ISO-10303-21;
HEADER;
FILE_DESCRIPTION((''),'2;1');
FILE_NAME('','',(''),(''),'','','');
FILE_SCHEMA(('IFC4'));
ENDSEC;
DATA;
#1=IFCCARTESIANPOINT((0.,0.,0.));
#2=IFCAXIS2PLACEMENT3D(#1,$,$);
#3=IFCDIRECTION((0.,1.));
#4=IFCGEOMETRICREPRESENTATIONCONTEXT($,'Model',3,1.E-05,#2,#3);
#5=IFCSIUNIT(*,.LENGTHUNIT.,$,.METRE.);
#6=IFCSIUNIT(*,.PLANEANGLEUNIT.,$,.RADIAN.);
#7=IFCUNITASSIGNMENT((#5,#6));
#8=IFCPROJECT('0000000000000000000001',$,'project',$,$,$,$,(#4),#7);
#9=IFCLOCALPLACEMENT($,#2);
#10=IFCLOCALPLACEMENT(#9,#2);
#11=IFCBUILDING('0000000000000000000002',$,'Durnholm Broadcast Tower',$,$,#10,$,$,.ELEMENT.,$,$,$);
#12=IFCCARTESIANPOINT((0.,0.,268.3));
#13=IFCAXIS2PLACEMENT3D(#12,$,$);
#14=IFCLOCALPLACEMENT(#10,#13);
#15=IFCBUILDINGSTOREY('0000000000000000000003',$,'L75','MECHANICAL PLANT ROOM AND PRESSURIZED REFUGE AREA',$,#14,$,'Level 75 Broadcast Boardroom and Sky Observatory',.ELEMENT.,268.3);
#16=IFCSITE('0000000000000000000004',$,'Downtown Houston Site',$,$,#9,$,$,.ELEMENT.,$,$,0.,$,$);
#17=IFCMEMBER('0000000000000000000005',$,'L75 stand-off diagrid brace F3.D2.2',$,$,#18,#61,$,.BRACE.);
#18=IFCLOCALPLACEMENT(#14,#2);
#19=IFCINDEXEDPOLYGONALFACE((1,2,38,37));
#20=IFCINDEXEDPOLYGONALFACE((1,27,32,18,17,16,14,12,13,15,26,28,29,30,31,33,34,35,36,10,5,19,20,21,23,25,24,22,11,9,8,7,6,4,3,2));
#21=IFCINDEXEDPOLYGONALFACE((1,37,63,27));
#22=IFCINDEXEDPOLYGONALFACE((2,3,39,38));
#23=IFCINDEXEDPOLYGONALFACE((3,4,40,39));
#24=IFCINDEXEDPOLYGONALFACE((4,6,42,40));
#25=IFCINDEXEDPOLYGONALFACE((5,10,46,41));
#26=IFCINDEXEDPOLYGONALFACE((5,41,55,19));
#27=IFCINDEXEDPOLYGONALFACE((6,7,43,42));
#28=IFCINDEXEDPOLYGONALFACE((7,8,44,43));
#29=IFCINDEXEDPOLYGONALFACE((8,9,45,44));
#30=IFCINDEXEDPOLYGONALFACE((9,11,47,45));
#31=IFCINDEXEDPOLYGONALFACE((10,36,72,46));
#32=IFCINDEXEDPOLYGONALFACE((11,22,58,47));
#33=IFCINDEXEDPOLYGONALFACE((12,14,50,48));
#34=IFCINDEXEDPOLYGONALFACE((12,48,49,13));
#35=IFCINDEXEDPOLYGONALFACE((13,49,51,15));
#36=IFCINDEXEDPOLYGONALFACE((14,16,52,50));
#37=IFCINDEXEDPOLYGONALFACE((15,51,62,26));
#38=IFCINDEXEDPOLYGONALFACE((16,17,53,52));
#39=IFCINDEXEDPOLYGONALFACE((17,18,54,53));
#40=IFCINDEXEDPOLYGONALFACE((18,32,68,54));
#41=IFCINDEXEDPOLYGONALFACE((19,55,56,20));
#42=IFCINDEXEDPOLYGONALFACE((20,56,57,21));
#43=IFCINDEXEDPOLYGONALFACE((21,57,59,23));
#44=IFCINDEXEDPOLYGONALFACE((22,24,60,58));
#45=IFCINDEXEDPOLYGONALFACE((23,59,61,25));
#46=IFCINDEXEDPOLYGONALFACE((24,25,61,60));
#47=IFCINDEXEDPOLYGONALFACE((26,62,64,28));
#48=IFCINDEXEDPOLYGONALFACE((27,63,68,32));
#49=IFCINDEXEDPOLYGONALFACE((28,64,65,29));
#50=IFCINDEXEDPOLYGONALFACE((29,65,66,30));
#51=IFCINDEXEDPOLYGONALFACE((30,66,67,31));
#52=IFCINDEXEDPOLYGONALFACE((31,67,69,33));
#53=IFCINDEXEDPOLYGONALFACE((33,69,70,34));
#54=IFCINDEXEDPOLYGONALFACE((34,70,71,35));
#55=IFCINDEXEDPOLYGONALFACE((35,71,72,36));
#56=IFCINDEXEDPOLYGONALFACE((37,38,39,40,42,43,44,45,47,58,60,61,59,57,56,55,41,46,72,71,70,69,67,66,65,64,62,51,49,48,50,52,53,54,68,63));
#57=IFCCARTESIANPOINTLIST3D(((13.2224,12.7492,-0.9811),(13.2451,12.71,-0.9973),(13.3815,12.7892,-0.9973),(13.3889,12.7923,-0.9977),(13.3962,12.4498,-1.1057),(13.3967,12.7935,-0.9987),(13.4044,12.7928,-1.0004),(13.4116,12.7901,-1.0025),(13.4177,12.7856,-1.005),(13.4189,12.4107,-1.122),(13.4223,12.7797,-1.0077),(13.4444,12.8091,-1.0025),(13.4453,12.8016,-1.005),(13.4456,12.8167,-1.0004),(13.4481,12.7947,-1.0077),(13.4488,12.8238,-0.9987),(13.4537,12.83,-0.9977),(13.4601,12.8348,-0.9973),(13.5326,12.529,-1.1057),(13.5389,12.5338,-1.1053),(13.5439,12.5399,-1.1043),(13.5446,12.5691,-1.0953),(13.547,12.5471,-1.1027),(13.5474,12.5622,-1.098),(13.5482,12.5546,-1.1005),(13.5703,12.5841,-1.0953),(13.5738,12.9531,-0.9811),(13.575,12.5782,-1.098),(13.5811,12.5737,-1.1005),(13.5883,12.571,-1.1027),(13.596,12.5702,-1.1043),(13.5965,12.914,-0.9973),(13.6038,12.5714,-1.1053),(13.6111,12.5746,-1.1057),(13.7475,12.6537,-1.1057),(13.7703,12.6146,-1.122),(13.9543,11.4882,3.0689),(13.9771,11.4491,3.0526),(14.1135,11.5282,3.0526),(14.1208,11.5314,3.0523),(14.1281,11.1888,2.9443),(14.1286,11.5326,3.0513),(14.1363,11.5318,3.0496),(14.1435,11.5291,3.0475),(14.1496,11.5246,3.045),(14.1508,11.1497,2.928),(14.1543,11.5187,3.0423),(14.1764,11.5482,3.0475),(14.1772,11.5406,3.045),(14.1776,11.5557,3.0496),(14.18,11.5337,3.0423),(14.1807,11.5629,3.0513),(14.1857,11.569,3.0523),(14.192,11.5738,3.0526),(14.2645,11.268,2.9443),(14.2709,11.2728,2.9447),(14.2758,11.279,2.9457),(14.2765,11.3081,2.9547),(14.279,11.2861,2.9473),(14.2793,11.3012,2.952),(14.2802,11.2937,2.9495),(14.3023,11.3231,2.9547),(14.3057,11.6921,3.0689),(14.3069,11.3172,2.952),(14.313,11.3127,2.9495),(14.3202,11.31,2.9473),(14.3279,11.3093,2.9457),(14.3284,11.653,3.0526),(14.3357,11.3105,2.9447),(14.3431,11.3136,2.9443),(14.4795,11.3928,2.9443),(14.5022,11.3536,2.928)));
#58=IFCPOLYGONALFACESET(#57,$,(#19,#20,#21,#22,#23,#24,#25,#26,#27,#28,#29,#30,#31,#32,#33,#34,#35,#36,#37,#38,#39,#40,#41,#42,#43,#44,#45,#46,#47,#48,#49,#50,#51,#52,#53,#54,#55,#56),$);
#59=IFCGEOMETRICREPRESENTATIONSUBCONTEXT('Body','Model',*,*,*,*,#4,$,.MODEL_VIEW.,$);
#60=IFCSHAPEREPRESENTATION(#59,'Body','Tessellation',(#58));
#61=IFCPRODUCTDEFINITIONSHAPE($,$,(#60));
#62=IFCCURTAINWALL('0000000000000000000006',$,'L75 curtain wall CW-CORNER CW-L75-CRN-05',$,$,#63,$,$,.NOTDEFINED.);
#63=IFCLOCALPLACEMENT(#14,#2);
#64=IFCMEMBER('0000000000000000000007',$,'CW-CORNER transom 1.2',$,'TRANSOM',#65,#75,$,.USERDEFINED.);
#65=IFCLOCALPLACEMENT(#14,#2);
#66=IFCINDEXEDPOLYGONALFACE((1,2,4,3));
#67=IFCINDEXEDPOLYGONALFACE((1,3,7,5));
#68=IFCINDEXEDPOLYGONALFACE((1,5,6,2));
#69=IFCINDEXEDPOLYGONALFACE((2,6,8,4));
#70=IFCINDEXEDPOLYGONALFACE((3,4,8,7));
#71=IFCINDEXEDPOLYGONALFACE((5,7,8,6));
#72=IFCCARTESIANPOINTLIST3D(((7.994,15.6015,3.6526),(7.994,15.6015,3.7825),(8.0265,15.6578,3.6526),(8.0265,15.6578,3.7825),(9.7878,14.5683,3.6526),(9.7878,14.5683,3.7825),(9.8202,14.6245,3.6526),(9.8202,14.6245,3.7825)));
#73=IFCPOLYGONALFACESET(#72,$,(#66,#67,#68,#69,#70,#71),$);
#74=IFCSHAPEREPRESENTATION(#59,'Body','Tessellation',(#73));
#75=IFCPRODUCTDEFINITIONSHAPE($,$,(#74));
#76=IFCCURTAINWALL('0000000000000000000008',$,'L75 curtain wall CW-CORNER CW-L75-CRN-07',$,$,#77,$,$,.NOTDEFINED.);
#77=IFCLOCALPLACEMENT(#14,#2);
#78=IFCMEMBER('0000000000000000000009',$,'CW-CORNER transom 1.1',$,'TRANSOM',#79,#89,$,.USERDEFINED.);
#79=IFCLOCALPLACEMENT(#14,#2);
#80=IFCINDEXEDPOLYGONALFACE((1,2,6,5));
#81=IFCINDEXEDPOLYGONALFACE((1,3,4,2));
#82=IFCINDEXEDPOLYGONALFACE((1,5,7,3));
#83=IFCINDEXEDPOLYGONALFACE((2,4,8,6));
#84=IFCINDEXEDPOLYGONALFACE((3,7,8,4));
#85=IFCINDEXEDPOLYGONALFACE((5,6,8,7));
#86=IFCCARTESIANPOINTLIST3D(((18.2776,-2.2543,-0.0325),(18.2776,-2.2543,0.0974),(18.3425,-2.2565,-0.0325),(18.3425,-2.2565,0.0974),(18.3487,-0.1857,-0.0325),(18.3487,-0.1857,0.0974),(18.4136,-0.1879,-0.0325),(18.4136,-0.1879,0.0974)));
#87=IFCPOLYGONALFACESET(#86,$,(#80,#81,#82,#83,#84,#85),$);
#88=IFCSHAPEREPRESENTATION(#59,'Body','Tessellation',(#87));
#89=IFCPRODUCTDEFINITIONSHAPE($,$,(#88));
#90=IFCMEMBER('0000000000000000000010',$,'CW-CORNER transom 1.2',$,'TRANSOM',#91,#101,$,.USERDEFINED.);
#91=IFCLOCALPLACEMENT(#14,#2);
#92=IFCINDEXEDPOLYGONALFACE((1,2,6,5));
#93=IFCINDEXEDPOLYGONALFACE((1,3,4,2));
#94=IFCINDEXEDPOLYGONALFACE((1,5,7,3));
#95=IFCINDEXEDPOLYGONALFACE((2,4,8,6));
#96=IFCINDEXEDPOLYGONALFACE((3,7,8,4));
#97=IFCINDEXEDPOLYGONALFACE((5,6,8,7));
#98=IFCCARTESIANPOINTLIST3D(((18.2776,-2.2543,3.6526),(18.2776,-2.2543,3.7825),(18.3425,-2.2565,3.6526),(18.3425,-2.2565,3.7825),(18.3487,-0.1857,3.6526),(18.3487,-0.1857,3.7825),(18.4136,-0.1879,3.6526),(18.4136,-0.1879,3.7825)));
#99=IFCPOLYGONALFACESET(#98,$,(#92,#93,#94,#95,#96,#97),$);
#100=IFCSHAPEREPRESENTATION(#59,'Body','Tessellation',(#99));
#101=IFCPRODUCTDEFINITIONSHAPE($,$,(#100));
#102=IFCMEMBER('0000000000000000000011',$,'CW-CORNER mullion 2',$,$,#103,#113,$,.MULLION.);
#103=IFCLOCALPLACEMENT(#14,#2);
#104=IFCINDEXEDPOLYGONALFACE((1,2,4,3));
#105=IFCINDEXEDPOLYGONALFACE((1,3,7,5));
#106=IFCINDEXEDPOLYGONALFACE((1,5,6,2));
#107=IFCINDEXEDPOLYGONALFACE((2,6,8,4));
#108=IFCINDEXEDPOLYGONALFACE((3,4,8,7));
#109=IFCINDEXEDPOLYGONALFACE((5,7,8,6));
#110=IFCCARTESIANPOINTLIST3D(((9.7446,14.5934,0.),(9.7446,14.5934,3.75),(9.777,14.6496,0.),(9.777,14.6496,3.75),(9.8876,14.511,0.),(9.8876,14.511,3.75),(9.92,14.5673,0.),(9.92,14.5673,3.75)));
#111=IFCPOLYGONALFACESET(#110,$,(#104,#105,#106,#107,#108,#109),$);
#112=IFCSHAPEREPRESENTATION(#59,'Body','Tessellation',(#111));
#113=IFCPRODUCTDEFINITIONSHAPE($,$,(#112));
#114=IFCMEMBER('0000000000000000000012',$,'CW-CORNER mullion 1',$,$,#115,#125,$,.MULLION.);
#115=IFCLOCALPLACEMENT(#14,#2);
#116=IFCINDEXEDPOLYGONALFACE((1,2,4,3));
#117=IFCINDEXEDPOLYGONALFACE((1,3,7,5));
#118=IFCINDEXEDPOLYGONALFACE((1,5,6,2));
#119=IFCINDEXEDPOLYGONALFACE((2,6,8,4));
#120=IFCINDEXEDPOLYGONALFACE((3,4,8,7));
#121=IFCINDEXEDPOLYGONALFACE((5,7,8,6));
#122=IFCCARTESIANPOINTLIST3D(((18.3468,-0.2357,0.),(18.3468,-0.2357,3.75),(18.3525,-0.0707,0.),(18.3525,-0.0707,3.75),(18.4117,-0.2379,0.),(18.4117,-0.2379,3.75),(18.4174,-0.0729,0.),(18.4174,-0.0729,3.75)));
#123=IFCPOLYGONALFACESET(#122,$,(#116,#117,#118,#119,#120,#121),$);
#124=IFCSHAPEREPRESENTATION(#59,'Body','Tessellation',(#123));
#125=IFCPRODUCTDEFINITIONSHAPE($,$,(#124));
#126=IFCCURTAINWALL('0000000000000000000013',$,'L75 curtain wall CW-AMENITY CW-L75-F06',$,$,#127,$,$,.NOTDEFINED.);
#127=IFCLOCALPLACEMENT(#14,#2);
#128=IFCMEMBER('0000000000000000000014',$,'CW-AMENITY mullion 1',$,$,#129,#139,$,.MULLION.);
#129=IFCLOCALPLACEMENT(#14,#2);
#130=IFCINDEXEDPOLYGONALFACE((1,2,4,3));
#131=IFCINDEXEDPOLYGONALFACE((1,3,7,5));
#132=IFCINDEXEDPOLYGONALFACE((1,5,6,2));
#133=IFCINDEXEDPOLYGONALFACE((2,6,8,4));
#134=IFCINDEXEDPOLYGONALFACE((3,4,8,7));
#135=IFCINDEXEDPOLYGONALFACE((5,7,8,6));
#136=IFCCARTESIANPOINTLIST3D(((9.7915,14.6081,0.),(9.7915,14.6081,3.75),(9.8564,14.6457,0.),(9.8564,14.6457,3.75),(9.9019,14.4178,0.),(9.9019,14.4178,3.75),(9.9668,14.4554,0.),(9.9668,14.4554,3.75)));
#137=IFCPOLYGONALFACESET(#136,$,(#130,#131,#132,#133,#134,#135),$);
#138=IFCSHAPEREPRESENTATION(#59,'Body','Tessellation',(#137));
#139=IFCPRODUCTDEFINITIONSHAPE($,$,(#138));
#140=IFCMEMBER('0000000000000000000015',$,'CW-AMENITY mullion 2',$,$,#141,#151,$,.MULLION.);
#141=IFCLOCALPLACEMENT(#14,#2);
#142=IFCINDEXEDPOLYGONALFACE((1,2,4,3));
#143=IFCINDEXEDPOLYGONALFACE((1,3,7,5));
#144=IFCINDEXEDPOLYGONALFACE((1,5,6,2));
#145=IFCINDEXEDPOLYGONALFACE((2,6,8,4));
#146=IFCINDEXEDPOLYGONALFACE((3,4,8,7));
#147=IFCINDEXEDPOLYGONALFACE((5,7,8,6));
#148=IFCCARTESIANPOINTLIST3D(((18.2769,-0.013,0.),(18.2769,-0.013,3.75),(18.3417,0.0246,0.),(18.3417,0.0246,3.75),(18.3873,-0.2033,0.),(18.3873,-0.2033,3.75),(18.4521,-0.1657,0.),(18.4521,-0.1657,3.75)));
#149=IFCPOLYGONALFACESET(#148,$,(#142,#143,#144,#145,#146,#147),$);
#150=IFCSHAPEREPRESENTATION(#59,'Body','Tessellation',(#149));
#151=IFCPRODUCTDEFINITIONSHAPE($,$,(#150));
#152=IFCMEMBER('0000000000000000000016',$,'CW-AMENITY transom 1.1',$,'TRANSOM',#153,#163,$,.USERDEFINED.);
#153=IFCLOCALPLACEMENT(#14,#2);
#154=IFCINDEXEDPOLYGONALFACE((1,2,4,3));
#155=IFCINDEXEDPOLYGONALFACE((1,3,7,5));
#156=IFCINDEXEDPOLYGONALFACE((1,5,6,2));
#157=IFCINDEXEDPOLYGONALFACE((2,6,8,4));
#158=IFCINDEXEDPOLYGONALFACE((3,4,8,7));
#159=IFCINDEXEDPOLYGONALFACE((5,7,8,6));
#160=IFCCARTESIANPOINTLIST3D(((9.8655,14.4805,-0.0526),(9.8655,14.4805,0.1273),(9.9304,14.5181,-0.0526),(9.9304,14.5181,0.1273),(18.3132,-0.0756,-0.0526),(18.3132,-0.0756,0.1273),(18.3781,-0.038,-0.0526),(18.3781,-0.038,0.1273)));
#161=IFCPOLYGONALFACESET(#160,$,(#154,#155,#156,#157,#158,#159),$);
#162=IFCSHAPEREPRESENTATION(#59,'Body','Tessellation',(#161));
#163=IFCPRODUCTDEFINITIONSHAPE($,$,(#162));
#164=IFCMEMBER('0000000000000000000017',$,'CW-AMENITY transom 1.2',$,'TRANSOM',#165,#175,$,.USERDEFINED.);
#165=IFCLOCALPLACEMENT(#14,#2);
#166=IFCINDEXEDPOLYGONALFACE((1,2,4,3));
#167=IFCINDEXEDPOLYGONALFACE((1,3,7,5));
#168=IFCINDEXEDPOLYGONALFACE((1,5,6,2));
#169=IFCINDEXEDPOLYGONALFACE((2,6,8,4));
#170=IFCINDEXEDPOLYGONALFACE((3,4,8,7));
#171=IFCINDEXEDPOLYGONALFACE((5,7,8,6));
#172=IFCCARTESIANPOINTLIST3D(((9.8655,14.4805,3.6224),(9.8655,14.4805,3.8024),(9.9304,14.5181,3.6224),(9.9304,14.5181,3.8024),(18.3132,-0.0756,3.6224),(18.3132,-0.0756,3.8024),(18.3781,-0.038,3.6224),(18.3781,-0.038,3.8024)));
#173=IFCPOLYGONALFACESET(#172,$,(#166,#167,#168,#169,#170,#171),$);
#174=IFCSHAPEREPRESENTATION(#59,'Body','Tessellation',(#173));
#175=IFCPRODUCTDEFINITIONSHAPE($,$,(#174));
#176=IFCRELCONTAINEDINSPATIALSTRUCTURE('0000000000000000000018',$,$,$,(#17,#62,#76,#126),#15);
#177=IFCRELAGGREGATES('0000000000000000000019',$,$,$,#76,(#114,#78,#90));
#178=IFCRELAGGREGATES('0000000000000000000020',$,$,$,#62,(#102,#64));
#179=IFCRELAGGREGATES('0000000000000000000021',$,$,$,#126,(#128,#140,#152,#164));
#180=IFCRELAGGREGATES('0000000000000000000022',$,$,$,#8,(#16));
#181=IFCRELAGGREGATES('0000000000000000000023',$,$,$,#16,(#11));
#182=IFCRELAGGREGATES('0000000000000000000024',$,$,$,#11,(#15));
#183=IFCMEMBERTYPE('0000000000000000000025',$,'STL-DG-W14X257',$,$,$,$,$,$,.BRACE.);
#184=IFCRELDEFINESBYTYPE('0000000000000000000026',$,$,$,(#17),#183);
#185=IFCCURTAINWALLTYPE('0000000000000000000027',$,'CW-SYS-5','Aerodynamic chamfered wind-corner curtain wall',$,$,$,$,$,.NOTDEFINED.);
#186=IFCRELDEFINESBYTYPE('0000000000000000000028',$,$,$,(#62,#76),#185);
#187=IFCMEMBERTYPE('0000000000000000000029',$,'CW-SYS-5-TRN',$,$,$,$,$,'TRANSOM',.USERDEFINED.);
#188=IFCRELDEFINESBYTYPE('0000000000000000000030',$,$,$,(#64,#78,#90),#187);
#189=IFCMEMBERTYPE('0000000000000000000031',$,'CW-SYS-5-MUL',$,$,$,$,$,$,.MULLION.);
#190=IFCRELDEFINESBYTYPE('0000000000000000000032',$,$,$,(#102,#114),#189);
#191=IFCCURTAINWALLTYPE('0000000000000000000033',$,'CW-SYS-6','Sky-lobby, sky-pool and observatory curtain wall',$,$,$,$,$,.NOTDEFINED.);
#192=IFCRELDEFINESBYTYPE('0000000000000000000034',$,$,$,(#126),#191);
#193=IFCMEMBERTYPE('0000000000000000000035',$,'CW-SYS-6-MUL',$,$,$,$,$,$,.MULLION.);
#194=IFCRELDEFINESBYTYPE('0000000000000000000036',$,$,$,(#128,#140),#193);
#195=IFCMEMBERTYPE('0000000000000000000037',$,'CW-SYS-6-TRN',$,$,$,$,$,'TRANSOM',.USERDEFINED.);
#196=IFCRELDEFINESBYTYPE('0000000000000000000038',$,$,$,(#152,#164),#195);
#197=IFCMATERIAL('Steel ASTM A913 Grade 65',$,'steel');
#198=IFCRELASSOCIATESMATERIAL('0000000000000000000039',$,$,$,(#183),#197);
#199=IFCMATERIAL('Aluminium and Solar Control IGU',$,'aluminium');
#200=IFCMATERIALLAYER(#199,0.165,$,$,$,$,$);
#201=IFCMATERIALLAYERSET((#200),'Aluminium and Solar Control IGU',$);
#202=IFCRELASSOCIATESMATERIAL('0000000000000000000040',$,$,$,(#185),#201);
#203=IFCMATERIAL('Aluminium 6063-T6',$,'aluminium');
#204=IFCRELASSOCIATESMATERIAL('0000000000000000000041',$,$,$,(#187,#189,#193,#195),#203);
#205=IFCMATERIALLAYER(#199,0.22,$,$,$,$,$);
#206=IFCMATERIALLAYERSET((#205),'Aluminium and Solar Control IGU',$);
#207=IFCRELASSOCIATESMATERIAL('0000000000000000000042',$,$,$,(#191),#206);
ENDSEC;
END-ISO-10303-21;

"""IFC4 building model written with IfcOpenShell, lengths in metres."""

from ifc_helpers import new_model, si_unit, direction, frame, origin, origin_2d, place, context, subcontext, project, spatial, rectangle, i_section, extrude, source, transform, mapped, material, layer, layer_set, material_profile, profile_set, type_object, type_shapes, element, aggregate, save


model = new_model("IFC4")

# Units and contexts
model_context = context("Model", 3, precision=1e-05, world=origin(), true_north=direction((0.0, 1.0)))
body_context = subcontext(model_context, "Body", "Model", "MODEL_VIEW")
ifc_project = project(units=[si_unit("LENGTHUNIT", "METRE"), si_unit("PLANEANGLEUNIT", "RADIAN")], contexts=[model_context])

# Site, building, storey
site_placement = place(None, origin())
site = spatial("IfcSite", under=ifc_project, at=site_placement, Name="Downtown Houston Site", CompositionType="ELEMENT", RefElevation=0.0)
building_placement = place(site_placement, origin())
building = spatial("IfcBuilding", under=site, at=building_placement, Name="Durnholm Broadcast Tower", CompositionType="ELEMENT")
storey_placement = place(building_placement, frame((0.0, 0.0, 268.3)))
storey = spatial("IfcBuildingStorey", under=building, at=storey_placement, Name="L75", Description="MECHANICAL PLANT ROOM AND PRESSURIZED REFUGE AREA", LongName="Level 75 Broadcast Boardroom and Sky Observatory", CompositionType="ELEMENT", Elevation=268.3)

# Member
ifc_material_1 = material(Name="Steel ASTM A913 Grade 65", Category="steel")
ifc_material_profile_1 = material_profile(ifc_material_1, i_section(OverallWidth=0.4062, OverallDepth=0.416, WebThickness=0.0298, FlangeThickness=0.0481, FilletRadius=0.0305, at=origin_2d()), Name="W14X257")
ifc_profile_set_1 = profile_set([ifc_material_profile_1], Name="Steel ASTM A913 Grade 65")
member_type_1 = type_object("IfcMemberType", Name="STL-DG-W14X257", PredefinedType="BRACE", material=ifc_profile_set_1)
shared_shape_1 = source(origin(), body_context, "Body", "SweptSolid", [
    extrude(i_section(OverallWidth=0.4062, OverallDepth=0.416, WebThickness=0.0298, FlangeThickness=0.0481, FilletRadius=0.0305, at=origin_2d()), origin(), (0.0, 0.0, 1.0), 4.3044),
])
member_1_placement = place(storey_placement, frame((13.4963, 12.6819, -1.0515), z_axis=(0.170039, -0.292946, 0.940887), x_axis=(0.864864, 0.502006, 0.0)))
element("IfcMember", 1, at=member_1_placement, inside=storey, type_object=member_type_1, Name="L75 stand-off diagrid brace F3.D2.2", PredefinedType="BRACE", context=body_context, shape_type="MappedRepresentation", body=[
    mapped(shared_shape_1, transform((0.0, 0.0, 0.0), x_axis=(1.0, 0.0, 0.0), y_axis=(0.0, 1.0, 0.0), z_axis=(0.0, 0.0, 1.0), scale=1.0)),
])

# Curtain wall, member
ifc_material_2 = material(Name="Aluminium and Solar Control IGU", Category="aluminium")
ifc_layer_1 = layer(ifc_material_2, 0.165)
ifc_layer_set_1 = layer_set([ifc_layer_1], Name="Aluminium and Solar Control IGU")
curtain_wall_type_1 = type_object("IfcCurtainWallType", Name="CW-SYS-5", Description="Aerodynamic chamfered wind-corner curtain wall", PredefinedType="NOTDEFINED", material=ifc_layer_set_1)
curtain_wall_1_placement = place(storey_placement, origin())
curtain_wall_1 = element("IfcCurtainWall", 2, at=curtain_wall_1_placement, inside=storey, type_object=curtain_wall_type_1, Name="L75 curtain wall CW-CORNER CW-L75-CRN-05", PredefinedType="NOTDEFINED")
ifc_material_3 = material(Name="Aluminium 6063-T6", Category="aluminium")
ifc_material_profile_2 = material_profile(ifc_material_3, rectangle(XDim=0.0649, YDim=0.1299, at=origin_2d()), Name="CWT65X130")
ifc_profile_set_2 = profile_set([ifc_material_profile_2], Name="Aluminium 6063-T6")
member_type_2 = type_object("IfcMemberType", Name="CW-SYS-5-TRN", ElementType="TRANSOM", PredefinedType="USERDEFINED", material=ifc_profile_set_2)
shared_shape_2 = source(origin(), body_context, "Body", "SweptSolid", [
    extrude(rectangle(XDim=0.0649, YDim=0.1299, at=origin_2d()), origin(), (0.0, 0.0, 1.0), 2.0701),
])
member_2_placement = place(storey_placement, frame((8.0103, 15.6296, 3.7175), z_axis=(0.866525, -0.499134, 0.0), x_axis=(0.499134, 0.866525, 0.0)))
member_2 = element("IfcMember", 3, at=member_2_placement, type_object=member_type_2, Name="CW-CORNER transom 1.2", ObjectType="TRANSOM", PredefinedType="USERDEFINED", context=body_context, shape_type="MappedRepresentation", body=[
    mapped(shared_shape_2, transform((0.0, 0.0, 0.0), x_axis=(1.0, 0.0, 0.0), y_axis=(0.0, 1.0, 0.0), z_axis=(0.0, 0.0, 1.0), scale=1.0)),
])

# Curtain wall, members
curtain_wall_2_placement = place(storey_placement, origin())
curtain_wall_2 = element("IfcCurtainWall", 4, at=curtain_wall_2_placement, inside=storey, type_object=curtain_wall_type_1, Name="L75 curtain wall CW-CORNER CW-L75-CRN-07", PredefinedType="NOTDEFINED")
shared_shape_3 = source(origin(), body_context, "Body", "SweptSolid", [
    extrude(rectangle(XDim=0.0649, YDim=0.1299, at=origin_2d()), origin(), (0.0, 0.0, 1.0), 2.0698),
])
type_shapes(member_type_2, [shared_shape_2, shared_shape_3])
member_3_placement = place(storey_placement, frame((18.3811, -0.1868, 0.0325), z_axis=(-0.034324, -0.999411, 0.0), x_axis=(0.999411, -0.034324, 0.0)))
member_3 = element("IfcMember", 5, at=member_3_placement, type_object=member_type_2, Name="CW-CORNER transom 1.1", ObjectType="TRANSOM", PredefinedType="USERDEFINED", context=body_context, shape_type="MappedRepresentation", body=[
    mapped(shared_shape_3, transform((0.0, 0.0, 0.0), x_axis=(1.0, 0.0, 0.0), y_axis=(0.0, 1.0, 0.0), z_axis=(0.0, 0.0, 1.0), scale=1.0)),
])
member_4_placement = place(storey_placement, frame((18.3811, -0.1868, 3.7175), z_axis=(-0.034324, -0.999411, 0.0), x_axis=(0.999411, -0.034324, 0.0)))
member_4 = element("IfcMember", 6, at=member_4_placement, type_object=member_type_2, Name="CW-CORNER transom 1.2", ObjectType="TRANSOM", PredefinedType="USERDEFINED", context=body_context, shape_type="MappedRepresentation", body=[
    mapped(shared_shape_3, transform((0.0, 0.0, 0.0), x_axis=(1.0, 0.0, 0.0), y_axis=(0.0, 1.0, 0.0), z_axis=(0.0, 0.0, 1.0), scale=1.0)),
])

# Members
ifc_material_profile_3 = material_profile(ifc_material_3, rectangle(XDim=0.0649, YDim=0.165, at=origin_2d()), Name="CWM65X165")
ifc_profile_set_3 = profile_set([ifc_material_profile_3], Name="Aluminium 6063-T6")
member_type_3 = type_object("IfcMemberType", Name="CW-SYS-5-MUL", PredefinedType="MULLION", material=ifc_profile_set_3)
shared_shape_4 = source(origin(), body_context, "Body", "SweptSolid", [
    extrude(rectangle(XDim=0.0649, YDim=0.165, at=origin_2d()), origin(), (0.0, 0.0, 1.0), 3.75),
])
type_shapes(member_type_3, [shared_shape_4])
member_5_placement = place(storey_placement, frame((9.8323, 14.5803, 0.0), z_axis=(0.0, 0.0, 1.0), x_axis=(0.499059, 0.866568, 0.0)))
member_5 = element("IfcMember", 7, at=member_5_placement, type_object=member_type_3, Name="CW-CORNER mullion 2", PredefinedType="MULLION", context=body_context, shape_type="MappedRepresentation", body=[
    mapped(shared_shape_4, transform((0.0, 0.0, 0.0), x_axis=(1.0, 0.0, 0.0), y_axis=(0.0, 1.0, 0.0), z_axis=(0.0, 0.0, 1.0), scale=1.0)),
])
member_6_placement = place(storey_placement, frame((18.3821, -0.1543, 0.0), z_axis=(0.0, 0.0, 1.0), x_axis=(0.999411, -0.034318, 0.0)))
member_6 = element("IfcMember", 8, at=member_6_placement, type_object=member_type_3, Name="CW-CORNER mullion 1", PredefinedType="MULLION", context=body_context, shape_type="MappedRepresentation", body=[
    mapped(shared_shape_4, transform((0.0, 0.0, 0.0), x_axis=(1.0, 0.0, 0.0), y_axis=(0.0, 1.0, 0.0), z_axis=(0.0, 0.0, 1.0), scale=1.0)),
])

# Curtain wall, members
ifc_layer_2 = layer(ifc_material_2, 0.22)
ifc_layer_set_2 = layer_set([ifc_layer_2], Name="Aluminium and Solar Control IGU")
curtain_wall_type_2 = type_object("IfcCurtainWallType", Name="CW-SYS-6", Description="Sky-lobby, sky-pool and observatory curtain wall", PredefinedType="NOTDEFINED", material=ifc_layer_set_2)
curtain_wall_3_placement = place(storey_placement, origin())
curtain_wall_3 = element("IfcCurtainWall", 9, at=curtain_wall_3_placement, inside=storey, type_object=curtain_wall_type_2, Name="L75 curtain wall CW-AMENITY CW-L75-F06", PredefinedType="NOTDEFINED")
ifc_material_profile_4 = material_profile(ifc_material_3, rectangle(XDim=0.075, YDim=0.22, at=origin_2d()), Name="CWM75X220")
ifc_profile_set_4 = profile_set([ifc_material_profile_4], Name="Aluminium 6063-T6")
member_type_4 = type_object("IfcMemberType", Name="CW-SYS-6-MUL", PredefinedType="MULLION", material=ifc_profile_set_4)
shared_shape_5 = source(origin(), body_context, "Body", "SweptSolid", [
    extrude(rectangle(XDim=0.075, YDim=0.22, at=origin_2d()), origin(), (0.0, 0.0, 1.0), 3.75),
])
type_shapes(member_type_4, [shared_shape_5])
member_7_placement = place(storey_placement, frame((9.8792, 14.5317, 0.0), z_axis=(0.0, 0.0, 1.0), x_axis=(0.8649, 0.501944, 0.0)))
member_7 = element("IfcMember", 10, at=member_7_placement, type_object=member_type_4, Name="CW-AMENITY mullion 1", PredefinedType="MULLION", context=body_context, shape_type="MappedRepresentation", body=[
    mapped(shared_shape_5, transform((0.0, 0.0, 0.0), x_axis=(1.0, 0.0, 0.0), y_axis=(0.0, 1.0, 0.0), z_axis=(0.0, 0.0, 1.0), scale=1.0)),
])
member_8_placement = place(storey_placement, frame((18.3645, -0.0894, 0.0), z_axis=(0.0, 0.0, 1.0), x_axis=(0.8649, 0.501944, 0.0)))
member_8 = element("IfcMember", 11, at=member_8_placement, type_object=member_type_4, Name="CW-AMENITY mullion 2", PredefinedType="MULLION", context=body_context, shape_type="MappedRepresentation", body=[
    mapped(shared_shape_5, transform((0.0, 0.0, 0.0), x_axis=(1.0, 0.0, 0.0), y_axis=(0.0, 1.0, 0.0), z_axis=(0.0, 0.0, 1.0), scale=1.0)),
])
ifc_material_profile_5 = material_profile(ifc_material_3, rectangle(XDim=0.075, YDim=0.1799, at=origin_2d()), Name="CWT75X180")
ifc_profile_set_5 = profile_set([ifc_material_profile_5], Name="Aluminium 6063-T6")
member_type_5 = type_object("IfcMemberType", Name="CW-SYS-6-TRN", ElementType="TRANSOM", PredefinedType="USERDEFINED", material=ifc_profile_set_5)
shared_shape_6 = source(origin(), body_context, "Body", "SweptSolid", [
    extrude(rectangle(XDim=0.075, YDim=0.1799, at=origin_2d()), origin(), (0.0, 0.0, 1.0), 16.8298),
])
type_shapes(member_type_5, [shared_shape_6])
member_9_placement = place(storey_placement, frame((9.8979, 14.4993, 0.0374), z_axis=(0.501949, -0.864897, 0.0), x_axis=(0.864897, 0.501949, 0.0)))
member_9 = element("IfcMember", 12, at=member_9_placement, type_object=member_type_5, Name="CW-AMENITY transom 1.1", ObjectType="TRANSOM", PredefinedType="USERDEFINED", context=body_context, shape_type="MappedRepresentation", body=[
    mapped(shared_shape_6, transform((0.0, 0.0, 0.0), x_axis=(1.0, 0.0, 0.0), y_axis=(0.0, 1.0, 0.0), z_axis=(0.0, 0.0, 1.0), scale=1.0)),
])
member_10_placement = place(storey_placement, frame((9.8979, 14.4993, 3.7124), z_axis=(0.501949, -0.864897, 0.0), x_axis=(0.864897, 0.501949, 0.0)))
member_10 = element("IfcMember", 13, at=member_10_placement, type_object=member_type_5, Name="CW-AMENITY transom 1.2", ObjectType="TRANSOM", PredefinedType="USERDEFINED", context=body_context, shape_type="MappedRepresentation", body=[
    mapped(shared_shape_6, transform((0.0, 0.0, 0.0), x_axis=(1.0, 0.0, 0.0), y_axis=(0.0, 1.0, 0.0), z_axis=(0.0, 0.0, 1.0), scale=1.0)),
])

aggregate(curtain_wall_2, [member_6, member_3, member_4])
aggregate(curtain_wall_1, [member_5, member_2])
aggregate(curtain_wall_3, [member_7, member_8, member_9, member_10])

save(model, "model.ifc")
